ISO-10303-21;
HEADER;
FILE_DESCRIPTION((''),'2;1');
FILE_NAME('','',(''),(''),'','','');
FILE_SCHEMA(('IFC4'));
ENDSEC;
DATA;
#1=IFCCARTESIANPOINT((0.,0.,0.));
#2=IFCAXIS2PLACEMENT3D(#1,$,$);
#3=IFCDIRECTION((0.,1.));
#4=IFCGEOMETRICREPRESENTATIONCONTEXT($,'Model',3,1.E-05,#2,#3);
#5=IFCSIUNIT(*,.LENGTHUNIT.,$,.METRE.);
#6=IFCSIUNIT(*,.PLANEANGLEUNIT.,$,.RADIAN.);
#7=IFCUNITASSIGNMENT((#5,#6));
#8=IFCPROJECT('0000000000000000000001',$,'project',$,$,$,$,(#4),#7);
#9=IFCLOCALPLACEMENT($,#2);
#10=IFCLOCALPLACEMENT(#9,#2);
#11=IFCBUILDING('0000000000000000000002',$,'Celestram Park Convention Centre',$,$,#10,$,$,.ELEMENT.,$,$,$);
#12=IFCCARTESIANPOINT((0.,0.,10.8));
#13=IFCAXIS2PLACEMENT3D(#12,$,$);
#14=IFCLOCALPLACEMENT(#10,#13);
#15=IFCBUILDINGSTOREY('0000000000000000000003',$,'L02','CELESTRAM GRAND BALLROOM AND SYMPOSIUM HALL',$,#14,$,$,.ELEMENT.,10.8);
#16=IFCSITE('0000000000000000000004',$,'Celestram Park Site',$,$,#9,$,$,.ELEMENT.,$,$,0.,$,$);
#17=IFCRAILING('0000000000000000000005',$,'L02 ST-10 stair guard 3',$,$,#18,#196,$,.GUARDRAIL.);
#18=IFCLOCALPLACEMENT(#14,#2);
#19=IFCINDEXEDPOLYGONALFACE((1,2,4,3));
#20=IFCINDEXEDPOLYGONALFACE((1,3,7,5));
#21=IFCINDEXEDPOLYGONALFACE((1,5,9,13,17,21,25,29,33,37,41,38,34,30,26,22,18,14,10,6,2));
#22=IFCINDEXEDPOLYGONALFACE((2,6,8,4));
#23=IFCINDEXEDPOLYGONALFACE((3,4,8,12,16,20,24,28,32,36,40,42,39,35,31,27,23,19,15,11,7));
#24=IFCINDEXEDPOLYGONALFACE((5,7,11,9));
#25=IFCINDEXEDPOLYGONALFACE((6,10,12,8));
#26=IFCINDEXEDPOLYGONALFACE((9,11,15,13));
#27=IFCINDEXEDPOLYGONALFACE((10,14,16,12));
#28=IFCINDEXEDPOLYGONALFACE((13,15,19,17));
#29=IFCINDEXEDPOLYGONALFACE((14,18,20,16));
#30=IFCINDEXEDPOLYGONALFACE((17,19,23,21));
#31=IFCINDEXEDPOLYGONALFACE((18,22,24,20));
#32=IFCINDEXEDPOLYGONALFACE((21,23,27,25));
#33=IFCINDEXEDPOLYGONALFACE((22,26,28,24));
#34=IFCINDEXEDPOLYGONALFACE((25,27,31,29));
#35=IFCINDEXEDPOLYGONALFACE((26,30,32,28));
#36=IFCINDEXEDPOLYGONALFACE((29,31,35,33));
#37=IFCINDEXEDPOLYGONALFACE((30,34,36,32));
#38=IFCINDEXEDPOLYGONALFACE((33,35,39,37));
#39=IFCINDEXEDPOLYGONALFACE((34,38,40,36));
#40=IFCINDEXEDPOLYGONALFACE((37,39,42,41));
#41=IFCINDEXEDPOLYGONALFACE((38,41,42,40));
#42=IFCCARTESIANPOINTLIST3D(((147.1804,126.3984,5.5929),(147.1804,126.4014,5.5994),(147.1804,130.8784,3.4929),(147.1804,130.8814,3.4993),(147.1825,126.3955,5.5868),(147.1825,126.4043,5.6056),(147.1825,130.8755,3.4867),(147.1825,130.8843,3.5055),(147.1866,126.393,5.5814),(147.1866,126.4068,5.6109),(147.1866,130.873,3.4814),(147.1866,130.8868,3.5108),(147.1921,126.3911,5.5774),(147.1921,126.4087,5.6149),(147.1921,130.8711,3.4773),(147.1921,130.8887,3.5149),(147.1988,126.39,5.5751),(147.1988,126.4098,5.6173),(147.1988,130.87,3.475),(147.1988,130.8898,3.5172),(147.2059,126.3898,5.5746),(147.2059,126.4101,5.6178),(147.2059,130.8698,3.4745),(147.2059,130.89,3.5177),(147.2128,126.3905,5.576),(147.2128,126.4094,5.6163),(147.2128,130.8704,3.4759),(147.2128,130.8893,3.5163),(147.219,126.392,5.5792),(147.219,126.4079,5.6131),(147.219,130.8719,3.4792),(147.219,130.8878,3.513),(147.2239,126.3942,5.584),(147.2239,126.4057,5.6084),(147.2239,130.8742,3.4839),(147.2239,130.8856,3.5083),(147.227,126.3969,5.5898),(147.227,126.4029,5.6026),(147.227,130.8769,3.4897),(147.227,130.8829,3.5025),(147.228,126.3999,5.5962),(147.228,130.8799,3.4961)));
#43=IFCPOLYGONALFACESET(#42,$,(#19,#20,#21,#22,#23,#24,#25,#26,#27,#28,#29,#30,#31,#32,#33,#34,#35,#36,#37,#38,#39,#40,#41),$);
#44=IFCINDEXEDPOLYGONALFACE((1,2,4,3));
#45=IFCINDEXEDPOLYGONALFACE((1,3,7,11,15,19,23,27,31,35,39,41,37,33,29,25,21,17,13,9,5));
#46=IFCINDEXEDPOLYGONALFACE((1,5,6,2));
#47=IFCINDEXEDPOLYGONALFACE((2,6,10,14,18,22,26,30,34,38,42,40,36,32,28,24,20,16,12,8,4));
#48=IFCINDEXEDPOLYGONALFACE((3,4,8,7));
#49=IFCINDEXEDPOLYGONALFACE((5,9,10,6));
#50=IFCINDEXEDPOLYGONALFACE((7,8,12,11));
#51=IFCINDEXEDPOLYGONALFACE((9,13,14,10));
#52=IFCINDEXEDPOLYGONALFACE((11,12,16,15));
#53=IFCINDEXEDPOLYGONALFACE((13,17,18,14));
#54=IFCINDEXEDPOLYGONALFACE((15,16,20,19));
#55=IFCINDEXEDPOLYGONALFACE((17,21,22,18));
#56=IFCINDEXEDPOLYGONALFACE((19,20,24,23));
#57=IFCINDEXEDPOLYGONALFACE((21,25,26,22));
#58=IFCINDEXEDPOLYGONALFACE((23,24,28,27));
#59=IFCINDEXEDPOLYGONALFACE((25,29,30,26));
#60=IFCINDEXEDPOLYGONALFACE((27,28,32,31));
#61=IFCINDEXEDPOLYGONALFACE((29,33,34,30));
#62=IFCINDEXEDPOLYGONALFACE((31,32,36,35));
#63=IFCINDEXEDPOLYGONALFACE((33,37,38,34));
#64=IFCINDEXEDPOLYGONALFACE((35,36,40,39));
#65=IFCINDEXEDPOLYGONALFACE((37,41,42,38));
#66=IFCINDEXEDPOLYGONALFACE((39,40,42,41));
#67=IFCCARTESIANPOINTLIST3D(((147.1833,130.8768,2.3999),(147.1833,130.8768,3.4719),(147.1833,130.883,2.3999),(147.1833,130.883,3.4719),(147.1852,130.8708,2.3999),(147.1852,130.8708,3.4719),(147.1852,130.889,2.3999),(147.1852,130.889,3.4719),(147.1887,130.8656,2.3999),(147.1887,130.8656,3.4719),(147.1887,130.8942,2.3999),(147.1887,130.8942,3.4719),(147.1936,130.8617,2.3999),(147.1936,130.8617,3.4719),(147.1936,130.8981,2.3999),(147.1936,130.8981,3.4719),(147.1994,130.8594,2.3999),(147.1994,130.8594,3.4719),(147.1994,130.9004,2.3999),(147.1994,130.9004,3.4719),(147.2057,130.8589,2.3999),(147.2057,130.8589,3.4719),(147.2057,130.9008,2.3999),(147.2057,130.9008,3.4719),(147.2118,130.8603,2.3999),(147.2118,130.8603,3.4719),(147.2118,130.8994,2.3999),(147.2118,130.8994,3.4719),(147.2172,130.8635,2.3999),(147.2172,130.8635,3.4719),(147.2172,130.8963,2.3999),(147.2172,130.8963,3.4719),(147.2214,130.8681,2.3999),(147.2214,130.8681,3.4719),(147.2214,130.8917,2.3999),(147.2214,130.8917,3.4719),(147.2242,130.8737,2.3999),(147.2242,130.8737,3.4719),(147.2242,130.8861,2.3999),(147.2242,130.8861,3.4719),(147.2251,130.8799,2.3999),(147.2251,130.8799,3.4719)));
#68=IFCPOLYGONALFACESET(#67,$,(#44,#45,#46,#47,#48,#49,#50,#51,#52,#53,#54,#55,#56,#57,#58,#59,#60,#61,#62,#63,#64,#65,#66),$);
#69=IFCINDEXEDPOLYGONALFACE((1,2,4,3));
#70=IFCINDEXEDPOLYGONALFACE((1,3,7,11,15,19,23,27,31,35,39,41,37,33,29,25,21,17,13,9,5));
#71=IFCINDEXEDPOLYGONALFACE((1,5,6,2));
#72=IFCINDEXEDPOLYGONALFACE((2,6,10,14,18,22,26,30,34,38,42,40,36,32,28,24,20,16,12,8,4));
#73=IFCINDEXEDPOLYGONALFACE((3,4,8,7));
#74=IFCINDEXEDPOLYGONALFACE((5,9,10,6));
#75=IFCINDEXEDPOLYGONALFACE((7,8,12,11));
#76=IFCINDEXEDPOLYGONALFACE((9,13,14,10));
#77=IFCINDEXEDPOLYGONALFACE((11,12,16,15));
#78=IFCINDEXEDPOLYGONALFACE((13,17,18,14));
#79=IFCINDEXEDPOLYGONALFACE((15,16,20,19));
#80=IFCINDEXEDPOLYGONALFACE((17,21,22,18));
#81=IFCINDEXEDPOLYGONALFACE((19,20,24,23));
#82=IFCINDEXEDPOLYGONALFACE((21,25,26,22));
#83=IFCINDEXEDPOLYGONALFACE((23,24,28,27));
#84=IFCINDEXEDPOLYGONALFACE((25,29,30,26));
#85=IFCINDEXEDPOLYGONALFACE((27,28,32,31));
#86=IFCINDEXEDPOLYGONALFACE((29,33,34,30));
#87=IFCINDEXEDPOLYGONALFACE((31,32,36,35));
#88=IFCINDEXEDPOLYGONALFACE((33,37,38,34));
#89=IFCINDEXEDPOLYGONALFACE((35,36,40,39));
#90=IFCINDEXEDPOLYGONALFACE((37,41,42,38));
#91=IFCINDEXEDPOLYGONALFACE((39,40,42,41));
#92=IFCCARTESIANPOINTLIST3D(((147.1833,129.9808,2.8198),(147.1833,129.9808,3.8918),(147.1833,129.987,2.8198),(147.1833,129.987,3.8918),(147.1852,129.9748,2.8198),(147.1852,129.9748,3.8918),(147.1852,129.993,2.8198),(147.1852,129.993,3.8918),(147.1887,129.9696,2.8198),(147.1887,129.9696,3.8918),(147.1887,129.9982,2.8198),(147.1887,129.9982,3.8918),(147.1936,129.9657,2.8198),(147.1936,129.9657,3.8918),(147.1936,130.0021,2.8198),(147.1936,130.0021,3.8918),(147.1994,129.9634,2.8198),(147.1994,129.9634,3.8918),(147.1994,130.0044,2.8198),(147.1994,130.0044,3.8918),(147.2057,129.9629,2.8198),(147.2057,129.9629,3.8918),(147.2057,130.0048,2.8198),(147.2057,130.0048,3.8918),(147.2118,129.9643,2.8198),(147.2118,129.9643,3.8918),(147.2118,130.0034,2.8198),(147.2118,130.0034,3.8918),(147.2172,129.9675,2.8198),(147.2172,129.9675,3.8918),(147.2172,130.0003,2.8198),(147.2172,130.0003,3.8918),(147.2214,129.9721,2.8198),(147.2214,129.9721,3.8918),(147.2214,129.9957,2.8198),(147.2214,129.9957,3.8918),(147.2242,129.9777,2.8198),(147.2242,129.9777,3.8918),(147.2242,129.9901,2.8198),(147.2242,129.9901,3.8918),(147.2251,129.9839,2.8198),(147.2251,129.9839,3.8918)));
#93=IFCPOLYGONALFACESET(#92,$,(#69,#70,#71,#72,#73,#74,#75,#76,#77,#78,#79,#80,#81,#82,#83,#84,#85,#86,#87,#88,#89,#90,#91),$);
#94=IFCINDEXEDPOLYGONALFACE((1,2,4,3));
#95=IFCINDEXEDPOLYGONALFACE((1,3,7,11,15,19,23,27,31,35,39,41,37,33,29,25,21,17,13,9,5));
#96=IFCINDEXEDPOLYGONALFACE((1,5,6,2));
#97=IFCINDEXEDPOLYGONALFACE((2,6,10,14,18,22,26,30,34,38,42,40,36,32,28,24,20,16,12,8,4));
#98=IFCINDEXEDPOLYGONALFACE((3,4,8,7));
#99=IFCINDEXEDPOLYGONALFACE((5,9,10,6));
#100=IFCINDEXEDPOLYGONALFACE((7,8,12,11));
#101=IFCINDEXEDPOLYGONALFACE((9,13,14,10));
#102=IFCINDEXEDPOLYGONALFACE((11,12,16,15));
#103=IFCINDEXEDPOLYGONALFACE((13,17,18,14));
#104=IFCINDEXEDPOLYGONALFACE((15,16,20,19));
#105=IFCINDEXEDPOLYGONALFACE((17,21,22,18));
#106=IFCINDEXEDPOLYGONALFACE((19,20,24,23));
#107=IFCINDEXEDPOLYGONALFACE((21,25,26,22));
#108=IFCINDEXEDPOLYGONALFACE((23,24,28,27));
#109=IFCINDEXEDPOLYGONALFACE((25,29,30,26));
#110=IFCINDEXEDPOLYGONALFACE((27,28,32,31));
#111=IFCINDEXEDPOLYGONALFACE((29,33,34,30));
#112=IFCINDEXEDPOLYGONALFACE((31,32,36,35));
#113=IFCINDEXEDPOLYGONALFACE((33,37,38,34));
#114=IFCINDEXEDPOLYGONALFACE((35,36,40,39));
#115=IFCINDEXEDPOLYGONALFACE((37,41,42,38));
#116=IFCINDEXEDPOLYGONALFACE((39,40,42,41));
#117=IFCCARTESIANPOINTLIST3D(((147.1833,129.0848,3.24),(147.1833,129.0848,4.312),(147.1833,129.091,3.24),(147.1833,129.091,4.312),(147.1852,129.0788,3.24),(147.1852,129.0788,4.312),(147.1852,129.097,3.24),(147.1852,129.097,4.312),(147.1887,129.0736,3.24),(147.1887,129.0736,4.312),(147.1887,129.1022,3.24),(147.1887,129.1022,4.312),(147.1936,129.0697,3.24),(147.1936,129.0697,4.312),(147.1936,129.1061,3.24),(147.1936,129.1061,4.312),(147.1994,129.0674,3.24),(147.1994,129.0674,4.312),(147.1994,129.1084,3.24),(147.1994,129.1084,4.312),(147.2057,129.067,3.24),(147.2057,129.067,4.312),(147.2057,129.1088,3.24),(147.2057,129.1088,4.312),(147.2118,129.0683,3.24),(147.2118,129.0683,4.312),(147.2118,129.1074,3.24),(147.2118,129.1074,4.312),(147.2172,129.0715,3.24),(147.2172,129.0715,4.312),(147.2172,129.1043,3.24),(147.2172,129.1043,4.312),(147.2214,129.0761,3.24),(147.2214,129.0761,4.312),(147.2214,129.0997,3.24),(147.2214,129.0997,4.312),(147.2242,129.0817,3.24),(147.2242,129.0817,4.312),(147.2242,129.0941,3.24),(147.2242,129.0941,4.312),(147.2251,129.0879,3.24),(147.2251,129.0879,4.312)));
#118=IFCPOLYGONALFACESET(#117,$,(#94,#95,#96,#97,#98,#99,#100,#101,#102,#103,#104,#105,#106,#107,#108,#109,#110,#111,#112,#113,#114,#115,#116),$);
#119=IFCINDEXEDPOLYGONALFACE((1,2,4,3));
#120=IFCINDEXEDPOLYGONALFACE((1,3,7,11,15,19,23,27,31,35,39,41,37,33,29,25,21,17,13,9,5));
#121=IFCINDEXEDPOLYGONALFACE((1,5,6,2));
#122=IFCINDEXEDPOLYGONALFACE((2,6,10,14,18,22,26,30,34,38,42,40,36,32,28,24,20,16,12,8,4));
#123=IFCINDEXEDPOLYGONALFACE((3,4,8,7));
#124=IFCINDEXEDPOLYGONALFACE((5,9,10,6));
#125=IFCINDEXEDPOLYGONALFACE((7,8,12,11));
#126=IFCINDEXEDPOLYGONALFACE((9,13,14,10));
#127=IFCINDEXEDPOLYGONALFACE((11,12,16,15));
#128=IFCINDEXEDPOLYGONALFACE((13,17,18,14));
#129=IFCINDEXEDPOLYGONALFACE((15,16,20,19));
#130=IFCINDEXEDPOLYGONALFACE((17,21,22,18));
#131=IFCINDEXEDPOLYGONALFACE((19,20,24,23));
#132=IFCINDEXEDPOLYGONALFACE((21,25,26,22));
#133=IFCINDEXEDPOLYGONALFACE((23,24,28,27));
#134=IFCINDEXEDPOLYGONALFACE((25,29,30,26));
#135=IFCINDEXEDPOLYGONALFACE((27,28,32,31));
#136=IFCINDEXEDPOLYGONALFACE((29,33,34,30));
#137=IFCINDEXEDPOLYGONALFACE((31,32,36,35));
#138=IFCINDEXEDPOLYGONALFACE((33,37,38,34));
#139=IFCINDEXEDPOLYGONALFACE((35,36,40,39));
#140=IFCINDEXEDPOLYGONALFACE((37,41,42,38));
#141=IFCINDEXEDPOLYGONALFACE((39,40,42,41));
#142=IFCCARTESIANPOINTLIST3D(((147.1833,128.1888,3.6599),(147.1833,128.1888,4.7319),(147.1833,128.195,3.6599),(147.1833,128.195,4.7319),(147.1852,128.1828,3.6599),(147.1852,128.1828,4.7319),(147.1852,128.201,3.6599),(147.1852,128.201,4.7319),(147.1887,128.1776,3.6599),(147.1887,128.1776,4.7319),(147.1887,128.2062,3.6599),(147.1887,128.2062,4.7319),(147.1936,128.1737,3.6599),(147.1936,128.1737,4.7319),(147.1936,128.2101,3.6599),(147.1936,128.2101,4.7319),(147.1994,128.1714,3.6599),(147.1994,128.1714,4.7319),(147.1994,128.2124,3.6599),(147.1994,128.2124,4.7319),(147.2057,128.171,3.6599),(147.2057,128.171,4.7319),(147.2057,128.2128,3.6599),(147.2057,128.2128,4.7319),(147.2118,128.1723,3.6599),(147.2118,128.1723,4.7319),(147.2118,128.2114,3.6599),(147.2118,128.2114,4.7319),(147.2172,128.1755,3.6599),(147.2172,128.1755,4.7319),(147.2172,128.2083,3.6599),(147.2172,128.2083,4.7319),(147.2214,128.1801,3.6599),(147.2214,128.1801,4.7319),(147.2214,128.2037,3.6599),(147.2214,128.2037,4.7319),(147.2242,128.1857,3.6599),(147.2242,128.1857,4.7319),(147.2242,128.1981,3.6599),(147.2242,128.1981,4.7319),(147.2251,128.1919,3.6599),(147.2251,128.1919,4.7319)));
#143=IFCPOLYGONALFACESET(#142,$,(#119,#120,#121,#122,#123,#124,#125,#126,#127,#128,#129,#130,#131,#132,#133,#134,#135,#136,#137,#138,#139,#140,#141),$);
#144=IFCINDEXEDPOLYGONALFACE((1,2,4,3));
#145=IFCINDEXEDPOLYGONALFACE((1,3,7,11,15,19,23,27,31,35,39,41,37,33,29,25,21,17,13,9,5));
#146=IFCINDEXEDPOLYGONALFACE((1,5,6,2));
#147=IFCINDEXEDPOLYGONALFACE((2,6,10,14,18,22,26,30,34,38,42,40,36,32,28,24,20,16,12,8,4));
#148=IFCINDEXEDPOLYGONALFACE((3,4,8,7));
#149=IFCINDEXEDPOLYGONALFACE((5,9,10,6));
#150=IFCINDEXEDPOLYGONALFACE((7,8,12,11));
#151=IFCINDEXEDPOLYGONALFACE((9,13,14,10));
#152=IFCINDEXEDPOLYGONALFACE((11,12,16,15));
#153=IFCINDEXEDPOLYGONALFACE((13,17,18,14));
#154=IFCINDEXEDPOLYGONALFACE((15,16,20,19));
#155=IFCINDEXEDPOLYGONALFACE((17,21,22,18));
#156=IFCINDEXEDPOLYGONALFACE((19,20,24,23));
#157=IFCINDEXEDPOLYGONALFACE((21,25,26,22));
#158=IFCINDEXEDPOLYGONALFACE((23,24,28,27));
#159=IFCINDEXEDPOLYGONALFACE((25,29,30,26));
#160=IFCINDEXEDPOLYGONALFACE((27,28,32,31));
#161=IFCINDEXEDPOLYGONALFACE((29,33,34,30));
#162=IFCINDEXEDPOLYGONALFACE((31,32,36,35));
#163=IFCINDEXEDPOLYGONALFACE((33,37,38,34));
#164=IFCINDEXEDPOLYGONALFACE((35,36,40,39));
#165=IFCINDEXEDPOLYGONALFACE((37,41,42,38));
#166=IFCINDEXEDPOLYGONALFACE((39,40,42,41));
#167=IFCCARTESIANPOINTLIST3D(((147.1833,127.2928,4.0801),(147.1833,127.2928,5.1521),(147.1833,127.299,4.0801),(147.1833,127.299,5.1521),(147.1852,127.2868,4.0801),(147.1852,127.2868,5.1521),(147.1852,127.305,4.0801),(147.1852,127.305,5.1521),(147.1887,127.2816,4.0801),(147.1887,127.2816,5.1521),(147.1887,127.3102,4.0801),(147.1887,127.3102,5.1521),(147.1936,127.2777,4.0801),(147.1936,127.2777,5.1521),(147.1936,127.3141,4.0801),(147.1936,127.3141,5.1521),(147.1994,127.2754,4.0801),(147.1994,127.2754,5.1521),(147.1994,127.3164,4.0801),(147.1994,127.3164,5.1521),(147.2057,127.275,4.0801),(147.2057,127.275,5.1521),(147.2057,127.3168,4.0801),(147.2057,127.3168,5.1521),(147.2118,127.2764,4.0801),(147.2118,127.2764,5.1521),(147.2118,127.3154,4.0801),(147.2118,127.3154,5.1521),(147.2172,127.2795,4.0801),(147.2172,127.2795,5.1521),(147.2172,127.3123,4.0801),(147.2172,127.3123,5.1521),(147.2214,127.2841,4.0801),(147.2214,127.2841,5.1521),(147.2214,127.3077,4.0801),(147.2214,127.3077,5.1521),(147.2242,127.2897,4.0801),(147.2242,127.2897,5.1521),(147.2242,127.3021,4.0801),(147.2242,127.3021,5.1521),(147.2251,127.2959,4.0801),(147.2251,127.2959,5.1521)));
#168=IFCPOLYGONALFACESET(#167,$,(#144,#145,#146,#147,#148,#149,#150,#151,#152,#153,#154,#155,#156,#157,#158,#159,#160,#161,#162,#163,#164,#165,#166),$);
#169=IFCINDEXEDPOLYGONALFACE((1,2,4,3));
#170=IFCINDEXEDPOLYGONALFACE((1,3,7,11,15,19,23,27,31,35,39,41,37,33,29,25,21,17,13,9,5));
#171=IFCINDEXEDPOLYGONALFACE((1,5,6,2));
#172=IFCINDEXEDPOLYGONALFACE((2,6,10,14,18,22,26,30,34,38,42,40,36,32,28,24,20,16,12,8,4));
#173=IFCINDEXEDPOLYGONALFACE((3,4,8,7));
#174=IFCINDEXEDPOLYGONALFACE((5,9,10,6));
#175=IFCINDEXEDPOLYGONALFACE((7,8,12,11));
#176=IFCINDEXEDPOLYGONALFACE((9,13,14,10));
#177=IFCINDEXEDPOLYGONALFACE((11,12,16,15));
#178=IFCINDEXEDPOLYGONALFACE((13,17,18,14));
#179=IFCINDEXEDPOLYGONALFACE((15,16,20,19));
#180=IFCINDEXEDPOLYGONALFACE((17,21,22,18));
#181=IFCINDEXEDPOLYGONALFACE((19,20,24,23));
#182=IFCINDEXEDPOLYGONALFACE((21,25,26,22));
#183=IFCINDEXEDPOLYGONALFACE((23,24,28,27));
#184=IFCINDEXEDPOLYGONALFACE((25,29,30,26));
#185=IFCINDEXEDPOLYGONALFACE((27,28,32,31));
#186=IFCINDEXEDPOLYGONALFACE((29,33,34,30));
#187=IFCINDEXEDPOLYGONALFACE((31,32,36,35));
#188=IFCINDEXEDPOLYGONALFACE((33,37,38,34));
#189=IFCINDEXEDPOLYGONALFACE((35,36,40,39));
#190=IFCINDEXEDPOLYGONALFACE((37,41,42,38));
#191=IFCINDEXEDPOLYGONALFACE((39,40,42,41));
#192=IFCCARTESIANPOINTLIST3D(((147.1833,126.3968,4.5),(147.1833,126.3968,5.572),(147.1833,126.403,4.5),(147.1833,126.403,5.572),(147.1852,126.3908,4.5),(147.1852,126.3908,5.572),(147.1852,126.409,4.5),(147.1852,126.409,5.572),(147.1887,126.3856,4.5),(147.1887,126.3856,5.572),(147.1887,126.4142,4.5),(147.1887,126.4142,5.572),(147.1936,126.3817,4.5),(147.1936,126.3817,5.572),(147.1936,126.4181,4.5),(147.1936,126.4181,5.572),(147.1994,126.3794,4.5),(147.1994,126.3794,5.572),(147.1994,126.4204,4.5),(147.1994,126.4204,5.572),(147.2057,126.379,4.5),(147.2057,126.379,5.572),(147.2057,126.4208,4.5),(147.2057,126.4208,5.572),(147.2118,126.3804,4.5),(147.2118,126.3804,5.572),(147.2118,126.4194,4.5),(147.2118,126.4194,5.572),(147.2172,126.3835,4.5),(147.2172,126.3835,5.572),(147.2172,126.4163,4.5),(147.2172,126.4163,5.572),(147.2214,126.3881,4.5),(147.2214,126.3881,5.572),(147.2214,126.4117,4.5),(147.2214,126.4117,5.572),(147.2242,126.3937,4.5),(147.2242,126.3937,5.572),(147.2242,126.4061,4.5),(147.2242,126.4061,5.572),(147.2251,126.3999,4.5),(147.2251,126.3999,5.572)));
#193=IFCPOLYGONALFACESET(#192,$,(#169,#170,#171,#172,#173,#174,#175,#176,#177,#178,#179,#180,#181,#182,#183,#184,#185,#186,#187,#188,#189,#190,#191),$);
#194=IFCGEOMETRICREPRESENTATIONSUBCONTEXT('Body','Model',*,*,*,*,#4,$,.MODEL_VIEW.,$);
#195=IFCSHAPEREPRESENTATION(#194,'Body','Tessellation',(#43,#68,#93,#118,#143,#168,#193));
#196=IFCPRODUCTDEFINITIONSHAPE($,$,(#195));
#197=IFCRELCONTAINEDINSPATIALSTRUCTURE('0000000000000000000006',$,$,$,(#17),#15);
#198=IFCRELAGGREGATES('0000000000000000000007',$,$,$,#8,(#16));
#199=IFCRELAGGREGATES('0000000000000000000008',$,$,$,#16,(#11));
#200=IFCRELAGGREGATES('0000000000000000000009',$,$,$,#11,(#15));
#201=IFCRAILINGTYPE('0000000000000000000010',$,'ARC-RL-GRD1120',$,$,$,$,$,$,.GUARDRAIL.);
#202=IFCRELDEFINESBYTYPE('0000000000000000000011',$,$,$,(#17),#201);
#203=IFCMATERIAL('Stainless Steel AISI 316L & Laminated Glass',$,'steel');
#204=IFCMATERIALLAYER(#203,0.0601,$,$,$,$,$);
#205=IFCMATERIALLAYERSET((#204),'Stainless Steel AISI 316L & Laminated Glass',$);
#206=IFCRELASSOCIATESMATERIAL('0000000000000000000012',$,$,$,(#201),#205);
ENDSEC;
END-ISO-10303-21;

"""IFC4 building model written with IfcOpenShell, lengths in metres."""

from ifc_helpers import new_model, si_unit, direction, frame, origin, origin_2d, place, context, subcontext, project, spatial, circle, extrude, material, layer, layer_set, type_object, element, save


model = new_model("IFC4")

# Units and contexts
model_context = context("Model", 3, precision=1e-05, world=origin(), true_north=direction((0.0, 1.0)))
body_context = subcontext(model_context, "Body", "Model", "MODEL_VIEW")
ifc_project = project(units=[si_unit("LENGTHUNIT", "METRE"), si_unit("PLANEANGLEUNIT", "RADIAN")], contexts=[model_context])

# Site, building, storey
site_placement = place(None, origin())
site = spatial("IfcSite", under=ifc_project, at=site_placement, Name="Celestram Park Site", CompositionType="ELEMENT", RefElevation=0.0)
building_placement = place(site_placement, origin())
building = spatial("IfcBuilding", under=site, at=building_placement, Name="Celestram Park Convention Centre", CompositionType="ELEMENT")
storey_placement = place(building_placement, frame((0.0, 0.0, 10.8)))
storey = spatial("IfcBuildingStorey", under=building, at=storey_placement, Name="L02", Description="CELESTRAM GRAND BALLROOM AND SYMPOSIUM HALL", CompositionType="ELEMENT", Elevation=10.8)

# Railing
ifc_material_1 = material(Name="Stainless Steel AISI 316L & Laminated Glass", Category="steel")
ifc_layer_1 = layer(ifc_material_1, 0.0601)
ifc_layer_set_1 = layer_set([ifc_layer_1], Name="Stainless Steel AISI 316L & Laminated Glass")
railing_type_1 = type_object("IfcRailingType", Name="ARC-RL-GRD1120", PredefinedType="GUARDRAIL", material=ifc_layer_set_1)
railing_1_placement = place(storey_placement, frame((147.2041, 130.8799, 2.3999)))
element("IfcRailing", 1, at=railing_1_placement, inside=storey, type_object=railing_type_1, Name="L02 ST-10 stair guard 3", PredefinedType="GUARDRAIL", context=body_context, shape_type="SweptSolid", body=[
    extrude(circle(Radius=0.0239, at=origin_2d()), frame((0.0, 0.0, 1.0962), z_axis=(0.0, -0.905451, 0.424452), x_axis=(1.0, 0.0, 0.0)), (0.0, 0.0, 1.0), 4.9478),
    extrude(circle(Radius=0.021, at=origin_2d()), origin(), (0.0, 0.0, 1.0), 1.072),
    extrude(circle(Radius=0.021, at=origin_2d()), frame((0.0, -0.896, 0.4199)), (0.0, 0.0, 1.0), 1.072),
    extrude(circle(Radius=0.021, at=origin_2d()), frame((0.0, -1.792, 0.8401)), (0.0, 0.0, 1.0), 1.072),
    extrude(circle(Radius=0.021, at=origin_2d()), frame((0.0, -2.688, 1.26)), (0.0, 0.0, 1.0), 1.072),
    extrude(circle(Radius=0.021, at=origin_2d()), frame((0.0, -3.584, 1.6802)), (0.0, 0.0, 1.0), 1.072),
    extrude(circle(Radius=0.021, at=origin_2d()), frame((0.0, -4.48, 2.1001)), (0.0, 0.0, 1.0), 1.072),
])

save(model, "model.ifc")
